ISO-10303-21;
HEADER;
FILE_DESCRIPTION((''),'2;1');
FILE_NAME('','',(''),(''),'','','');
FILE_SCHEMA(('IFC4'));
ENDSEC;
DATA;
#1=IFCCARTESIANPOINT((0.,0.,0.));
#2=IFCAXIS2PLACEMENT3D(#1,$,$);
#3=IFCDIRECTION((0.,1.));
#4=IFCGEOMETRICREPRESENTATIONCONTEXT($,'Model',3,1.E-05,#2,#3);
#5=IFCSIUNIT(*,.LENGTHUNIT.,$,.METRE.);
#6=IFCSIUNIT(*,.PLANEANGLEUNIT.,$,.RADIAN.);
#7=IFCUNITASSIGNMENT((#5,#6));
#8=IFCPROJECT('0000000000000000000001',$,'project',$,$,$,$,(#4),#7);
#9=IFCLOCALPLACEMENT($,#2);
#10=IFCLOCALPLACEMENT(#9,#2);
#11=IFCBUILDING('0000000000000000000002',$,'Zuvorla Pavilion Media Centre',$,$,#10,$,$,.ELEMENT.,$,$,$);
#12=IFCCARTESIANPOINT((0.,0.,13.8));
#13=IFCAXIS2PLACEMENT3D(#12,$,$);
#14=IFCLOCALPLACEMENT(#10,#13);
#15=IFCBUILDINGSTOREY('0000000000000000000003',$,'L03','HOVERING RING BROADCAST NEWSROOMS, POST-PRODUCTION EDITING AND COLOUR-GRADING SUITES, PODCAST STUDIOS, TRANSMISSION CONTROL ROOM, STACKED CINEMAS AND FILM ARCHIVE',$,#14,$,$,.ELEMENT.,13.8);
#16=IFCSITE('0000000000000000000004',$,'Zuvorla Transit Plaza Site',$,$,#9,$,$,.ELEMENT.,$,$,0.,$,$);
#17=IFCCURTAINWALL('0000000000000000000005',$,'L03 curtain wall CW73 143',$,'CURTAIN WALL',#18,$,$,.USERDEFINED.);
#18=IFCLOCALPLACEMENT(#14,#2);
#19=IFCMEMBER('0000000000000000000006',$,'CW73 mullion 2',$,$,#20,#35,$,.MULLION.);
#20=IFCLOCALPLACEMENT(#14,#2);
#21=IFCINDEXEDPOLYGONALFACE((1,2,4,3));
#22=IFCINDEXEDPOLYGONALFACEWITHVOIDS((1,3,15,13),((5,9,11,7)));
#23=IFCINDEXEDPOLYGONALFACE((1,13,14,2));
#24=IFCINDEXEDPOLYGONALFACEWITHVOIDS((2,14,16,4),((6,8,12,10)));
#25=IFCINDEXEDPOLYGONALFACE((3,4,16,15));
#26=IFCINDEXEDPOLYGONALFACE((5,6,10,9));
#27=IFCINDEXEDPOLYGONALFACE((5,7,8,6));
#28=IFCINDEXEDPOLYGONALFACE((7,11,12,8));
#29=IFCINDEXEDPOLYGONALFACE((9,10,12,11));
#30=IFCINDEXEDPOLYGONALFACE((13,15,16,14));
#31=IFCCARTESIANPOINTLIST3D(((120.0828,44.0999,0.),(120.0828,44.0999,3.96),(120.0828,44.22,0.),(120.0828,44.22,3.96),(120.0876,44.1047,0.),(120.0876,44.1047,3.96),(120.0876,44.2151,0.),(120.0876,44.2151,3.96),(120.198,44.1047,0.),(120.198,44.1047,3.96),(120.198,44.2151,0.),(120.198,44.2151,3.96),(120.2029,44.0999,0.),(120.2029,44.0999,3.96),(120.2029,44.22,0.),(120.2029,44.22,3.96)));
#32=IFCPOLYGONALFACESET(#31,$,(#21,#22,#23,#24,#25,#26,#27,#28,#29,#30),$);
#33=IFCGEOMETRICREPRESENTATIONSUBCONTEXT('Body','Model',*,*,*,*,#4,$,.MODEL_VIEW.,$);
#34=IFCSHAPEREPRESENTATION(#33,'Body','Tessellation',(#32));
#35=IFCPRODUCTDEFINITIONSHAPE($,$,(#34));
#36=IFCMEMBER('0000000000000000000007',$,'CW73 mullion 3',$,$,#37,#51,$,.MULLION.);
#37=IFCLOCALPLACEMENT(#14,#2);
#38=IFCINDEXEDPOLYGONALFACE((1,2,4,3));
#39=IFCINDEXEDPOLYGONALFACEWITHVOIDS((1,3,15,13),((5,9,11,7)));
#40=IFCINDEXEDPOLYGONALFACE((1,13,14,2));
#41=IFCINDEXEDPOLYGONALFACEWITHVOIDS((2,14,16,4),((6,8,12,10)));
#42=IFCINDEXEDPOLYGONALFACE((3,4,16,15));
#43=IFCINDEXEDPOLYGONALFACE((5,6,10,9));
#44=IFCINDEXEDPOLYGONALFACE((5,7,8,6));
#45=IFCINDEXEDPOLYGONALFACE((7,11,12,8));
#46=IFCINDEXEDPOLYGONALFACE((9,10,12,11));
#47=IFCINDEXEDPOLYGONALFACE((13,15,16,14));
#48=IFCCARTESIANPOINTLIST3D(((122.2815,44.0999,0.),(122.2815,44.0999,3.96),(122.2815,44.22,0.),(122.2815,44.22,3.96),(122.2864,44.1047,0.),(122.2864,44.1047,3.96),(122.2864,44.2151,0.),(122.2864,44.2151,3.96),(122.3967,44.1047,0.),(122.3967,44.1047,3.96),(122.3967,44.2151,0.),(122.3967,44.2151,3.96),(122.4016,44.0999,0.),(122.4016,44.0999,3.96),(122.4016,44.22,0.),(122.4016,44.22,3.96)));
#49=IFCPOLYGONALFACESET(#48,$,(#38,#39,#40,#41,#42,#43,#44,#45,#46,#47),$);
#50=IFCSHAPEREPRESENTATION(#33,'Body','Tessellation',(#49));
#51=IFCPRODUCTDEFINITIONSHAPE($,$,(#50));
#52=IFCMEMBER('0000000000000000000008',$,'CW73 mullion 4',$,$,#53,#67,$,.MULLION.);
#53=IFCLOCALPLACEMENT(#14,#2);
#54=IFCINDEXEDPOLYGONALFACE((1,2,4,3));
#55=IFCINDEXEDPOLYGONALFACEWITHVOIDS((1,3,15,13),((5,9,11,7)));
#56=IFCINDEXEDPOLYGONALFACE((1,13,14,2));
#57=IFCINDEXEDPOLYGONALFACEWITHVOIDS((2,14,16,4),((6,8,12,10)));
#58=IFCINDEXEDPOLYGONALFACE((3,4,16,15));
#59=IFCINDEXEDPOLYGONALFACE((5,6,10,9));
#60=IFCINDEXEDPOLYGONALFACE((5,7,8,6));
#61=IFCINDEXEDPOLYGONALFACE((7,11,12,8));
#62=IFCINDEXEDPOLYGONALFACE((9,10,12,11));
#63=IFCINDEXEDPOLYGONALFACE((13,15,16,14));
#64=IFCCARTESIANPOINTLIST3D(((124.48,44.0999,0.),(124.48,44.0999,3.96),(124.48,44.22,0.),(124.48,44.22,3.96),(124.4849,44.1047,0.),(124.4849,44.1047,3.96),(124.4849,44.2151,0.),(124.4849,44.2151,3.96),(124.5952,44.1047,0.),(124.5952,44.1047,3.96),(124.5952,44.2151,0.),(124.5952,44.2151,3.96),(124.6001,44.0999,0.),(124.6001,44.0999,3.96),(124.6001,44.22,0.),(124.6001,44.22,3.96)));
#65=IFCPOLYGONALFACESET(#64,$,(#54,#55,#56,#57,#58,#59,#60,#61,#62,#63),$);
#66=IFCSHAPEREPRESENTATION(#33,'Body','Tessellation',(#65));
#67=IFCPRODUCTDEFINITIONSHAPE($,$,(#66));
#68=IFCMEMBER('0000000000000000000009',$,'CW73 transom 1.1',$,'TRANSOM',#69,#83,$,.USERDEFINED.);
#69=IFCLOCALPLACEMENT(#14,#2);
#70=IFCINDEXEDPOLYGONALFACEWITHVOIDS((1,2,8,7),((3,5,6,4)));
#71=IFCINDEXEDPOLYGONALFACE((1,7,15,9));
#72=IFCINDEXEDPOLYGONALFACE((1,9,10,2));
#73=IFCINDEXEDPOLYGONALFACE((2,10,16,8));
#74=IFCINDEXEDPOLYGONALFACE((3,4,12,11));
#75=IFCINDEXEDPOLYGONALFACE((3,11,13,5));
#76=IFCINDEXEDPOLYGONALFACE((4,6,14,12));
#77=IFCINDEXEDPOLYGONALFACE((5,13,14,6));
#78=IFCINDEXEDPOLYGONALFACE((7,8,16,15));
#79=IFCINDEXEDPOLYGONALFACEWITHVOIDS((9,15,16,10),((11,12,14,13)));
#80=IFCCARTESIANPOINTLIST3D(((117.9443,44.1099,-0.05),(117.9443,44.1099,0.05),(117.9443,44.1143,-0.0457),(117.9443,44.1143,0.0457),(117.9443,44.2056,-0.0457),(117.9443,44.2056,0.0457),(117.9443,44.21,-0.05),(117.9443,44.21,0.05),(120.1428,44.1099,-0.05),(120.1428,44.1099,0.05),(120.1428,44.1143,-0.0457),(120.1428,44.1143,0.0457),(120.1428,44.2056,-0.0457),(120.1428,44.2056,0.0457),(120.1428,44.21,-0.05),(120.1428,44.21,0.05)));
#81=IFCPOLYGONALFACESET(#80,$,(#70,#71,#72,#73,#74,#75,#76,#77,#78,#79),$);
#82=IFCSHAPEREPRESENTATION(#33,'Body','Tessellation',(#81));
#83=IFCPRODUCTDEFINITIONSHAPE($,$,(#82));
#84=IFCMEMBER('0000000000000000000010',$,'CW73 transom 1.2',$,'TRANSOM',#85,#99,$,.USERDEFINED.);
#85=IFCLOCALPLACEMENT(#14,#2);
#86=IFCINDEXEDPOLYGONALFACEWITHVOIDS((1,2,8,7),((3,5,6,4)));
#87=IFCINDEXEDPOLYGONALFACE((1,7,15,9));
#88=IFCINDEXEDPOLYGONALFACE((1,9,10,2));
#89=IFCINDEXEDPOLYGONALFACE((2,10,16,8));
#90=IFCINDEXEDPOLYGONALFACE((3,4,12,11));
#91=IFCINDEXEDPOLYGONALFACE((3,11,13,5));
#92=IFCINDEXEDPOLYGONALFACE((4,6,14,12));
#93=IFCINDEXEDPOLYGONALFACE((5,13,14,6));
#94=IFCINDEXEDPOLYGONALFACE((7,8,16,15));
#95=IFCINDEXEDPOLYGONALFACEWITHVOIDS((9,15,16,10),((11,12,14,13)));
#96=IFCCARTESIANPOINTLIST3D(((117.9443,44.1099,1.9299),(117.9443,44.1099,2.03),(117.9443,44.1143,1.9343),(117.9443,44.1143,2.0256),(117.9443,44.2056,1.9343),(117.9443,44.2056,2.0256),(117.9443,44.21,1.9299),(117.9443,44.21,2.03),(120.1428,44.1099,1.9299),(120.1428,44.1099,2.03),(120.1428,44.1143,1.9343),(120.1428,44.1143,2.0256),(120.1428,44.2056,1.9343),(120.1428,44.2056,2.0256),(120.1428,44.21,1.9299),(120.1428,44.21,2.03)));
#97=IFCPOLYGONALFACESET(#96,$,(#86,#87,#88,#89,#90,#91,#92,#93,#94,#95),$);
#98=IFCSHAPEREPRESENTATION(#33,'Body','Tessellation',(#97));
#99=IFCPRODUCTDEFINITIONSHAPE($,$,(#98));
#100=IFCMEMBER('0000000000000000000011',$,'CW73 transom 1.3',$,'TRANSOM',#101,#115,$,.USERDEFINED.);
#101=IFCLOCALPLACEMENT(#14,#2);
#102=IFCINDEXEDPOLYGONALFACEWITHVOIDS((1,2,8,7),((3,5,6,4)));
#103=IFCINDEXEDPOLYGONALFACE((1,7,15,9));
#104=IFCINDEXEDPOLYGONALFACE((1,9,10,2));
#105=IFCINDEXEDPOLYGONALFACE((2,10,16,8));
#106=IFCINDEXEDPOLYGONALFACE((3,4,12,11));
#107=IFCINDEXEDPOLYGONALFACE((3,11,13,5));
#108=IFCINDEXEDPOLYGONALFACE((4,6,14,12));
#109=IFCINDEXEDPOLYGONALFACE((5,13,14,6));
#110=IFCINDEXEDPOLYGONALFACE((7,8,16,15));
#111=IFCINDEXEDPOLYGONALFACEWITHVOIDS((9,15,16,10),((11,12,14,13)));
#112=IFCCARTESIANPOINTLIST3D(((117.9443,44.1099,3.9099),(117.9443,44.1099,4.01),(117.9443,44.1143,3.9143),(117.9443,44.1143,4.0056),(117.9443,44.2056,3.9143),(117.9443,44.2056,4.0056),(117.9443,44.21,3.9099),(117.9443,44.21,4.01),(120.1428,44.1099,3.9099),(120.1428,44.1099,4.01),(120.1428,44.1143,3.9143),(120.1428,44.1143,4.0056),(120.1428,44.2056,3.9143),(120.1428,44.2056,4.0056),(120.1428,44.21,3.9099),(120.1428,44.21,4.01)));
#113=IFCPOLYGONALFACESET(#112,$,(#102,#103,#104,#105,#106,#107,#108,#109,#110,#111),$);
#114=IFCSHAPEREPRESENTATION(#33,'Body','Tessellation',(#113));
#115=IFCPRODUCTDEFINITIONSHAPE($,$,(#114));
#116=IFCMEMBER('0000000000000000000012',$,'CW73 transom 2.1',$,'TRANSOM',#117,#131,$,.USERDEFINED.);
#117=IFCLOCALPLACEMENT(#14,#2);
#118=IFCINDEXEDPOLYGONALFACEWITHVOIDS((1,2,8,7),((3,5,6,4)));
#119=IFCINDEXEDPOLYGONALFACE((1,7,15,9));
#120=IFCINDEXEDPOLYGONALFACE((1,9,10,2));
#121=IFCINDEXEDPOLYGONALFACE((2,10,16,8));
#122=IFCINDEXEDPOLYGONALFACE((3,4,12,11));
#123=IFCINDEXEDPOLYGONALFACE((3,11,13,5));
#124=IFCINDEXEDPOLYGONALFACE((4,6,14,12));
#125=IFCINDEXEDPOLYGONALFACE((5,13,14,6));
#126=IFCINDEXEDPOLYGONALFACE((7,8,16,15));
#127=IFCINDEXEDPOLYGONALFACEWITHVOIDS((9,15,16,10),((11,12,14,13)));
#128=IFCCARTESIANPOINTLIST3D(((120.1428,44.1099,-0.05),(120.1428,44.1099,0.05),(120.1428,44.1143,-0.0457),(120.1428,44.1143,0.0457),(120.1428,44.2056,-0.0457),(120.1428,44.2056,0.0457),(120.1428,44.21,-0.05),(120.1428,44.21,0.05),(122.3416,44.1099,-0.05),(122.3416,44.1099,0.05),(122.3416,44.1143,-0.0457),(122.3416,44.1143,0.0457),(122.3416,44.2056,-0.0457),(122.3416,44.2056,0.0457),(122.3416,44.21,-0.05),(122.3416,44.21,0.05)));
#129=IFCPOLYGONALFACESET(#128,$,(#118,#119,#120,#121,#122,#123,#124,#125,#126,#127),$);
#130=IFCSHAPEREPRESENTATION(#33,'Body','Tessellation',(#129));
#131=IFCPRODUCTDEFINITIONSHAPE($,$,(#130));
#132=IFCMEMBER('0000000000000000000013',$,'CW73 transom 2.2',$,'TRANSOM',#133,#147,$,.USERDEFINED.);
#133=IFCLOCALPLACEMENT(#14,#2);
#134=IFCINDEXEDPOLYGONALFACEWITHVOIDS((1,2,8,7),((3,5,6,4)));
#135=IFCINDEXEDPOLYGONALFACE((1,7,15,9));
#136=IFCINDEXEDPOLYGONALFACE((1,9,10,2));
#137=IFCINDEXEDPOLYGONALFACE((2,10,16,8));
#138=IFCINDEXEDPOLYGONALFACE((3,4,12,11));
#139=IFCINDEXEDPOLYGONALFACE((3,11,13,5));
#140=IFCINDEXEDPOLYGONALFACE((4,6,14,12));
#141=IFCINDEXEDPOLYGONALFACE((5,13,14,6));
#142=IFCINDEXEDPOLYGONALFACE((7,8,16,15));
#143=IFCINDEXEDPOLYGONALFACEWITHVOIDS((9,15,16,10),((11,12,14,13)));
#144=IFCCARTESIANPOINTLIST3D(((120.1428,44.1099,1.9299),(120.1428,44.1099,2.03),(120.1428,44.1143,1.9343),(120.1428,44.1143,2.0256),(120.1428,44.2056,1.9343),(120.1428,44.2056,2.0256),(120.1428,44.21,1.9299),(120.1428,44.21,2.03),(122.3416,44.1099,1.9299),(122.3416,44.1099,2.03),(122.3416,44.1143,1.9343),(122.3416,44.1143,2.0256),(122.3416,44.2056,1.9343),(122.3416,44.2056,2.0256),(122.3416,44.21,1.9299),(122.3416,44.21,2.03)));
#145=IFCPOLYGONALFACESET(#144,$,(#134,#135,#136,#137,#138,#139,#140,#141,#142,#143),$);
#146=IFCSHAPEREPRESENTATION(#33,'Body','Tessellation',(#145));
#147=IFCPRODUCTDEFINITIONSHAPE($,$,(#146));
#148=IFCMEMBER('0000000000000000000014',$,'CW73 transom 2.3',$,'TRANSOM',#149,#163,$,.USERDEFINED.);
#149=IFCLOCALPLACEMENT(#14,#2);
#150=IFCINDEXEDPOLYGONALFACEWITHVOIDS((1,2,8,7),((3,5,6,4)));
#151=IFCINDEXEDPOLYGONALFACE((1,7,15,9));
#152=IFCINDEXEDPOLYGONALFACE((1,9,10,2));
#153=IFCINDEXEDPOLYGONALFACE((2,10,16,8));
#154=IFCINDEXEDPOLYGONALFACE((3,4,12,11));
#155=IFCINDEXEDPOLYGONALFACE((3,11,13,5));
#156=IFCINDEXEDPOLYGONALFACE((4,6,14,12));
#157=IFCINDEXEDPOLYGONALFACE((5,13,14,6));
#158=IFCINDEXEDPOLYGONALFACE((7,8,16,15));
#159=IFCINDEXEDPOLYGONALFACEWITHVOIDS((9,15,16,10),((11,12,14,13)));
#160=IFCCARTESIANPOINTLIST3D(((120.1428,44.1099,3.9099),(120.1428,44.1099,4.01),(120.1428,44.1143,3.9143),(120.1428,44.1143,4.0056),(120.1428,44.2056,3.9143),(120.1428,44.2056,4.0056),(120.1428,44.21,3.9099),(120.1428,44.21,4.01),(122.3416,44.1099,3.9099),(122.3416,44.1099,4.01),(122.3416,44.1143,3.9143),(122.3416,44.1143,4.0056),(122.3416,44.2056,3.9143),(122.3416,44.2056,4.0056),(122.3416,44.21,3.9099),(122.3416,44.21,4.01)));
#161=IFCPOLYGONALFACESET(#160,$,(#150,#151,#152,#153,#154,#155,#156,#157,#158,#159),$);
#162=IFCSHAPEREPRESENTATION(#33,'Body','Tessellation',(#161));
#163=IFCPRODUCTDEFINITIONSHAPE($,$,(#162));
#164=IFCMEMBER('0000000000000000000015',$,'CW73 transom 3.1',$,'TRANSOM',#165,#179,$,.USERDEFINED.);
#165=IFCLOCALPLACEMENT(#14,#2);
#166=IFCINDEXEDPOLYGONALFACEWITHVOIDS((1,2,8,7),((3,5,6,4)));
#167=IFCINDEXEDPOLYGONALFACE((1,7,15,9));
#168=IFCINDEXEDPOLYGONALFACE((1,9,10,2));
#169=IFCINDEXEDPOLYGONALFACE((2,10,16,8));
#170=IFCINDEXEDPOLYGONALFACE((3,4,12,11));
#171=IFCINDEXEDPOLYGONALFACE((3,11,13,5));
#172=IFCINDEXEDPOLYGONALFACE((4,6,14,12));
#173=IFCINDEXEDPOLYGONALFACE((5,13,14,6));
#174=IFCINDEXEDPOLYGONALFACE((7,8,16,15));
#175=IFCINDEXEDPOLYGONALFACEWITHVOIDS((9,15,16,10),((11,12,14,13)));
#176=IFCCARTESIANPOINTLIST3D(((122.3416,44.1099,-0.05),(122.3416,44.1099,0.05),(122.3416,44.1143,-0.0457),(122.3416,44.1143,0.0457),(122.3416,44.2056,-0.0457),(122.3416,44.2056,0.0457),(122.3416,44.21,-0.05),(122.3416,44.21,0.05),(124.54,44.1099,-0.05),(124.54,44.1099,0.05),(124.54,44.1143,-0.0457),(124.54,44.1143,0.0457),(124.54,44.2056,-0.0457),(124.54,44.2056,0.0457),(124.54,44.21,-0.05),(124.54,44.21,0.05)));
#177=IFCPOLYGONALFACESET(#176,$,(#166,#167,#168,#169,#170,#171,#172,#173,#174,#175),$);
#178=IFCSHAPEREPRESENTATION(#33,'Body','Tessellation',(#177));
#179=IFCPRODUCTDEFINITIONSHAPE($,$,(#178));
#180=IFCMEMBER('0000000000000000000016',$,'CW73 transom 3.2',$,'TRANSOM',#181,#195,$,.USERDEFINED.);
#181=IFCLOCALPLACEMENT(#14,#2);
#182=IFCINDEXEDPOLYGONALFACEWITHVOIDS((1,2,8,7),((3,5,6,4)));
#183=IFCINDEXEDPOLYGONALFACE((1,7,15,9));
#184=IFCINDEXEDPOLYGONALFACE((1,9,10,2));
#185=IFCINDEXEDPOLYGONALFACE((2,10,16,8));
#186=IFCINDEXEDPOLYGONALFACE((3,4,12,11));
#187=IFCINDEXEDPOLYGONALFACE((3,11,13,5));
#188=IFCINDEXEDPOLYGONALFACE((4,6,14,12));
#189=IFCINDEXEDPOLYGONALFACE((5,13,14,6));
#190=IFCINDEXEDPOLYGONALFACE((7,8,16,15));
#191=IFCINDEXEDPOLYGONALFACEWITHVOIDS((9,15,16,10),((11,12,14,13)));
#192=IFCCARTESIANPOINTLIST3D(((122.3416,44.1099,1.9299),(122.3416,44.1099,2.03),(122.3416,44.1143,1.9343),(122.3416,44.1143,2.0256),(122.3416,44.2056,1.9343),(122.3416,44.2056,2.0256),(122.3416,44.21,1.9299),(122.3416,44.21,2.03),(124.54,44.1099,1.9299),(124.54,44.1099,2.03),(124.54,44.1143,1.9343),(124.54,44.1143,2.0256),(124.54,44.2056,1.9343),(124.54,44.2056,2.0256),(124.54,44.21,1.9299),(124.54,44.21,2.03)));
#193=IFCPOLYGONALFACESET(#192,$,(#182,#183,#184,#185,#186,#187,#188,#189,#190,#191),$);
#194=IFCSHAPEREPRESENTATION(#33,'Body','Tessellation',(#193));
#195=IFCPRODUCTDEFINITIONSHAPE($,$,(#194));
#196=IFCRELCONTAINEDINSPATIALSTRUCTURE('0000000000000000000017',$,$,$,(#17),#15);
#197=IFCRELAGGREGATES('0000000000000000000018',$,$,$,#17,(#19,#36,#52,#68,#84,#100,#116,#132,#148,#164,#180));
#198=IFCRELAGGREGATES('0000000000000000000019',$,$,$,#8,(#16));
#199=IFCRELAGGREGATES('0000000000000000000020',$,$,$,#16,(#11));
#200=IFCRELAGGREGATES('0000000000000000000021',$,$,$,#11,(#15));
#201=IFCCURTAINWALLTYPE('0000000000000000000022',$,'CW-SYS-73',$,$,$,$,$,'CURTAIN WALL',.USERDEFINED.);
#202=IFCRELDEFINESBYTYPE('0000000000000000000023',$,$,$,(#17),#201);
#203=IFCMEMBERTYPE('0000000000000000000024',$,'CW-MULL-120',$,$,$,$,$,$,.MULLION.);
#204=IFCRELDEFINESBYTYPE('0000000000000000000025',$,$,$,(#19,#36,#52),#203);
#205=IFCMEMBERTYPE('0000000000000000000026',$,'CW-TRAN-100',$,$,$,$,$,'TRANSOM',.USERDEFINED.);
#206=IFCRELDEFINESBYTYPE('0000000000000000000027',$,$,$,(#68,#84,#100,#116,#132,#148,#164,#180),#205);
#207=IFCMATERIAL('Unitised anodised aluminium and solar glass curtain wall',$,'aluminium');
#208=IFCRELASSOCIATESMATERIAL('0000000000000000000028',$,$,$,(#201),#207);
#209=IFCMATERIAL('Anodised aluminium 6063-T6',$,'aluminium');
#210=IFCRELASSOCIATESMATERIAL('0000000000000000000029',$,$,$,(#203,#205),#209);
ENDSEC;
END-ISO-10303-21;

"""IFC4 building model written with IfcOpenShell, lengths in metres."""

from ifc_helpers import new_model, si_unit, direction, frame, origin, origin_2d, place, context, subcontext, project, spatial, hollow_rectangle, extrude, material, material_profile, profile_set, type_object, element, aggregate, save


model = new_model("IFC4")

# Units and contexts
model_context = context("Model", 3, precision=1e-05, world=origin(), true_north=direction((0.0, 1.0)))
body_context = subcontext(model_context, "Body", "Model", "MODEL_VIEW")
ifc_project = project(units=[si_unit("LENGTHUNIT", "METRE"), si_unit("PLANEANGLEUNIT", "RADIAN")], contexts=[model_context])

# Site, building, storey
site_placement = place(None, origin())
site = spatial("IfcSite", under=ifc_project, at=site_placement, Name="Zuvorla Transit Plaza Site", CompositionType="ELEMENT", RefElevation=0.0)
building_placement = place(site_placement, origin())
building = spatial("IfcBuilding", under=site, at=building_placement, Name="Zuvorla Pavilion Media Centre", CompositionType="ELEMENT")
storey_placement = place(building_placement, frame((0.0, 0.0, 13.8)))
storey = spatial("IfcBuildingStorey", under=building, at=storey_placement, Name="L03", Description="HOVERING RING BROADCAST NEWSROOMS, POST-PRODUCTION EDITING AND COLOUR-GRADING SUITES, PODCAST STUDIOS, TRANSMISSION CONTROL ROOM, STACKED CINEMAS AND FILM ARCHIVE", CompositionType="ELEMENT", Elevation=13.8)

# Curtain wall, members
ifc_material_1 = material(Name="Unitised anodised aluminium and solar glass curtain wall", Category="aluminium")
ifc_material_2 = material(Name="Anodised aluminium 6063-T6", Category="aluminium")
curtain_wall_type_1 = type_object("IfcCurtainWallType", Name="CW-SYS-73", ElementType="CURTAIN WALL", PredefinedType="USERDEFINED", material=ifc_material_1)
curtain_wall_1_placement = place(storey_placement, origin())
curtain_wall_1 = element("IfcCurtainWall", 1, at=curtain_wall_1_placement, inside=storey, type_object=curtain_wall_type_1, Name="L03 curtain wall CW73 143", ObjectType="CURTAIN WALL", PredefinedType="USERDEFINED")
ifc_material_profile_1 = material_profile(ifc_material_2, hollow_rectangle(XDim=0.1201, YDim=0.1201, WallThickness=0.0049, at=origin_2d()), Name="ALU MULL 120x120")
ifc_profile_set_1 = profile_set([ifc_material_profile_1], Name="Anodised aluminium 6063-T6")
member_type_1 = type_object("IfcMemberType", Name="CW-MULL-120", PredefinedType="MULLION", material=ifc_profile_set_1)
member_1_placement = place(storey_placement, frame((120.1428, 44.1599, 0.0), z_axis=(0.0, 0.0, 1.0), x_axis=(1.0, 0.0, 0.0)))
member_1 = element("IfcMember", 2, at=member_1_placement, type_object=member_type_1, Name="CW73 mullion 2", PredefinedType="MULLION", context=body_context, shape_type="SweptSolid", body=[
    extrude(hollow_rectangle(XDim=0.1201, YDim=0.1201, WallThickness=0.0049, at=origin_2d()), origin(), (0.0, 0.0, 1.0), 3.96),
])
member_2_placement = place(storey_placement, frame((122.3416, 44.1599, 0.0), z_axis=(0.0, 0.0, 1.0), x_axis=(1.0, 0.0, 0.0)))
member_2 = element("IfcMember", 3, at=member_2_placement, type_object=member_type_1, Name="CW73 mullion 3", PredefinedType="MULLION", context=body_context, shape_type="SweptSolid", body=[
    extrude(hollow_rectangle(XDim=0.1201, YDim=0.1201, WallThickness=0.0049, at=origin_2d()), origin(), (0.0, 0.0, 1.0), 3.96),
])
member_3_placement = place(storey_placement, frame((124.54, 44.1599, 0.0), z_axis=(0.0, 0.0, 1.0), x_axis=(1.0, 0.0, 0.0)))
member_3 = element("IfcMember", 4, at=member_3_placement, type_object=member_type_1, Name="CW73 mullion 4", PredefinedType="MULLION", context=body_context, shape_type="SweptSolid", body=[
    extrude(hollow_rectangle(XDim=0.1201, YDim=0.1201, WallThickness=0.0049, at=origin_2d()), origin(), (0.0, 0.0, 1.0), 3.96),
])
ifc_material_profile_2 = material_profile(ifc_material_2, hollow_rectangle(XDim=0.1001, YDim=0.1001, WallThickness=0.0044, at=origin_2d()), Name="ALU TRAN 100x100")
ifc_profile_set_2 = profile_set([ifc_material_profile_2], Name="Anodised aluminium 6063-T6")
member_type_2 = type_object("IfcMemberType", Name="CW-TRAN-100", ElementType="TRANSOM", PredefinedType="USERDEFINED", material=ifc_profile_set_2)
member_4_placement = place(storey_placement, frame((117.9443, 44.1599, 0.0), z_axis=(1.0, 0.0, 0.0), x_axis=(0.0, 1.0, 0.0)))
member_4 = element("IfcMember", 5, at=member_4_placement, type_object=member_type_2, Name="CW73 transom 1.1", ObjectType="TRANSOM", PredefinedType="USERDEFINED", context=body_context, shape_type="SweptSolid", body=[
    extrude(hollow_rectangle(XDim=0.1001, YDim=0.1001, WallThickness=0.0044, at=origin_2d()), origin(), (0.0, 0.0, 1.0), 2.1985),
])
member_5_placement = place(storey_placement, frame((117.9443, 44.1599, 1.98), z_axis=(1.0, 0.0, 0.0), x_axis=(0.0, 1.0, 0.0)))
member_5 = element("IfcMember", 6, at=member_5_placement, type_object=member_type_2, Name="CW73 transom 1.2", ObjectType="TRANSOM", PredefinedType="USERDEFINED", context=body_context, shape_type="SweptSolid", body=[
    extrude(hollow_rectangle(XDim=0.1001, YDim=0.1001, WallThickness=0.0044, at=origin_2d()), origin(), (0.0, 0.0, 1.0), 2.1985),
])
member_6_placement = place(storey_placement, frame((117.9443, 44.1599, 3.96), z_axis=(1.0, 0.0, 0.0), x_axis=(0.0, 1.0, 0.0)))
member_6 = element("IfcMember", 7, at=member_6_placement, type_object=member_type_2, Name="CW73 transom 1.3", ObjectType="TRANSOM", PredefinedType="USERDEFINED", context=body_context, shape_type="SweptSolid", body=[
    extrude(hollow_rectangle(XDim=0.1001, YDim=0.1001, WallThickness=0.0044, at=origin_2d()), origin(), (0.0, 0.0, 1.0), 2.1985),
])
member_7_placement = place(storey_placement, frame((120.1428, 44.1599, 0.0), z_axis=(1.0, 0.0, 0.0), x_axis=(0.0, 1.0, 0.0)))
member_7 = element("IfcMember", 8, at=member_7_placement, type_object=member_type_2, Name="CW73 transom 2.1", ObjectType="TRANSOM", PredefinedType="USERDEFINED", context=body_context, shape_type="SweptSolid", body=[
    extrude(hollow_rectangle(XDim=0.1001, YDim=0.1001, WallThickness=0.0044, at=origin_2d()), origin(), (0.0, 0.0, 1.0), 2.1987),
])
member_8_placement = place(storey_placement, frame((120.1428, 44.1599, 1.98), z_axis=(1.0, 0.0, 0.0), x_axis=(0.0, 1.0, 0.0)))
member_8 = element("IfcMember", 9, at=member_8_placement, type_object=member_type_2, Name="CW73 transom 2.2", ObjectType="TRANSOM", PredefinedType="USERDEFINED", context=body_context, shape_type="SweptSolid", body=[
    extrude(hollow_rectangle(XDim=0.1001, YDim=0.1001, WallThickness=0.0044, at=origin_2d()), origin(), (0.0, 0.0, 1.0), 2.1987),
])
member_9_placement = place(storey_placement, frame((120.1428, 44.1599, 3.96), z_axis=(1.0, 0.0, 0.0), x_axis=(0.0, 1.0, 0.0)))
member_9 = element("IfcMember", 10, at=member_9_placement, type_object=member_type_2, Name="CW73 transom 2.3", ObjectType="TRANSOM", PredefinedType="USERDEFINED", context=body_context, shape_type="SweptSolid", body=[
    extrude(hollow_rectangle(XDim=0.1001, YDim=0.1001, WallThickness=0.0044, at=origin_2d()), origin(), (0.0, 0.0, 1.0), 2.1987),
])
member_10_placement = place(storey_placement, frame((122.3416, 44.1599, 0.0), z_axis=(1.0, 0.0, 0.0), x_axis=(0.0, 1.0, 0.0)))
member_10 = element("IfcMember", 11, at=member_10_placement, type_object=member_type_2, Name="CW73 transom 3.1", ObjectType="TRANSOM", PredefinedType="USERDEFINED", context=body_context, shape_type="SweptSolid", body=[
    extrude(hollow_rectangle(XDim=0.1001, YDim=0.1001, WallThickness=0.0044, at=origin_2d()), origin(), (0.0, 0.0, 1.0), 2.1985),
])
member_11_placement = place(storey_placement, frame((122.3416, 44.1599, 1.98), z_axis=(1.0, 0.0, 0.0), x_axis=(0.0, 1.0, 0.0)))
member_11 = element("IfcMember", 12, at=member_11_placement, type_object=member_type_2, Name="CW73 transom 3.2", ObjectType="TRANSOM", PredefinedType="USERDEFINED", context=body_context, shape_type="SweptSolid", body=[
    extrude(hollow_rectangle(XDim=0.1001, YDim=0.1001, WallThickness=0.0044, at=origin_2d()), origin(), (0.0, 0.0, 1.0), 2.1985),
])

aggregate(curtain_wall_1, [member_1, member_2, member_3, member_4, member_5, member_6, member_7, member_8, member_9, member_10, member_11])

save(model, "model.ifc")
